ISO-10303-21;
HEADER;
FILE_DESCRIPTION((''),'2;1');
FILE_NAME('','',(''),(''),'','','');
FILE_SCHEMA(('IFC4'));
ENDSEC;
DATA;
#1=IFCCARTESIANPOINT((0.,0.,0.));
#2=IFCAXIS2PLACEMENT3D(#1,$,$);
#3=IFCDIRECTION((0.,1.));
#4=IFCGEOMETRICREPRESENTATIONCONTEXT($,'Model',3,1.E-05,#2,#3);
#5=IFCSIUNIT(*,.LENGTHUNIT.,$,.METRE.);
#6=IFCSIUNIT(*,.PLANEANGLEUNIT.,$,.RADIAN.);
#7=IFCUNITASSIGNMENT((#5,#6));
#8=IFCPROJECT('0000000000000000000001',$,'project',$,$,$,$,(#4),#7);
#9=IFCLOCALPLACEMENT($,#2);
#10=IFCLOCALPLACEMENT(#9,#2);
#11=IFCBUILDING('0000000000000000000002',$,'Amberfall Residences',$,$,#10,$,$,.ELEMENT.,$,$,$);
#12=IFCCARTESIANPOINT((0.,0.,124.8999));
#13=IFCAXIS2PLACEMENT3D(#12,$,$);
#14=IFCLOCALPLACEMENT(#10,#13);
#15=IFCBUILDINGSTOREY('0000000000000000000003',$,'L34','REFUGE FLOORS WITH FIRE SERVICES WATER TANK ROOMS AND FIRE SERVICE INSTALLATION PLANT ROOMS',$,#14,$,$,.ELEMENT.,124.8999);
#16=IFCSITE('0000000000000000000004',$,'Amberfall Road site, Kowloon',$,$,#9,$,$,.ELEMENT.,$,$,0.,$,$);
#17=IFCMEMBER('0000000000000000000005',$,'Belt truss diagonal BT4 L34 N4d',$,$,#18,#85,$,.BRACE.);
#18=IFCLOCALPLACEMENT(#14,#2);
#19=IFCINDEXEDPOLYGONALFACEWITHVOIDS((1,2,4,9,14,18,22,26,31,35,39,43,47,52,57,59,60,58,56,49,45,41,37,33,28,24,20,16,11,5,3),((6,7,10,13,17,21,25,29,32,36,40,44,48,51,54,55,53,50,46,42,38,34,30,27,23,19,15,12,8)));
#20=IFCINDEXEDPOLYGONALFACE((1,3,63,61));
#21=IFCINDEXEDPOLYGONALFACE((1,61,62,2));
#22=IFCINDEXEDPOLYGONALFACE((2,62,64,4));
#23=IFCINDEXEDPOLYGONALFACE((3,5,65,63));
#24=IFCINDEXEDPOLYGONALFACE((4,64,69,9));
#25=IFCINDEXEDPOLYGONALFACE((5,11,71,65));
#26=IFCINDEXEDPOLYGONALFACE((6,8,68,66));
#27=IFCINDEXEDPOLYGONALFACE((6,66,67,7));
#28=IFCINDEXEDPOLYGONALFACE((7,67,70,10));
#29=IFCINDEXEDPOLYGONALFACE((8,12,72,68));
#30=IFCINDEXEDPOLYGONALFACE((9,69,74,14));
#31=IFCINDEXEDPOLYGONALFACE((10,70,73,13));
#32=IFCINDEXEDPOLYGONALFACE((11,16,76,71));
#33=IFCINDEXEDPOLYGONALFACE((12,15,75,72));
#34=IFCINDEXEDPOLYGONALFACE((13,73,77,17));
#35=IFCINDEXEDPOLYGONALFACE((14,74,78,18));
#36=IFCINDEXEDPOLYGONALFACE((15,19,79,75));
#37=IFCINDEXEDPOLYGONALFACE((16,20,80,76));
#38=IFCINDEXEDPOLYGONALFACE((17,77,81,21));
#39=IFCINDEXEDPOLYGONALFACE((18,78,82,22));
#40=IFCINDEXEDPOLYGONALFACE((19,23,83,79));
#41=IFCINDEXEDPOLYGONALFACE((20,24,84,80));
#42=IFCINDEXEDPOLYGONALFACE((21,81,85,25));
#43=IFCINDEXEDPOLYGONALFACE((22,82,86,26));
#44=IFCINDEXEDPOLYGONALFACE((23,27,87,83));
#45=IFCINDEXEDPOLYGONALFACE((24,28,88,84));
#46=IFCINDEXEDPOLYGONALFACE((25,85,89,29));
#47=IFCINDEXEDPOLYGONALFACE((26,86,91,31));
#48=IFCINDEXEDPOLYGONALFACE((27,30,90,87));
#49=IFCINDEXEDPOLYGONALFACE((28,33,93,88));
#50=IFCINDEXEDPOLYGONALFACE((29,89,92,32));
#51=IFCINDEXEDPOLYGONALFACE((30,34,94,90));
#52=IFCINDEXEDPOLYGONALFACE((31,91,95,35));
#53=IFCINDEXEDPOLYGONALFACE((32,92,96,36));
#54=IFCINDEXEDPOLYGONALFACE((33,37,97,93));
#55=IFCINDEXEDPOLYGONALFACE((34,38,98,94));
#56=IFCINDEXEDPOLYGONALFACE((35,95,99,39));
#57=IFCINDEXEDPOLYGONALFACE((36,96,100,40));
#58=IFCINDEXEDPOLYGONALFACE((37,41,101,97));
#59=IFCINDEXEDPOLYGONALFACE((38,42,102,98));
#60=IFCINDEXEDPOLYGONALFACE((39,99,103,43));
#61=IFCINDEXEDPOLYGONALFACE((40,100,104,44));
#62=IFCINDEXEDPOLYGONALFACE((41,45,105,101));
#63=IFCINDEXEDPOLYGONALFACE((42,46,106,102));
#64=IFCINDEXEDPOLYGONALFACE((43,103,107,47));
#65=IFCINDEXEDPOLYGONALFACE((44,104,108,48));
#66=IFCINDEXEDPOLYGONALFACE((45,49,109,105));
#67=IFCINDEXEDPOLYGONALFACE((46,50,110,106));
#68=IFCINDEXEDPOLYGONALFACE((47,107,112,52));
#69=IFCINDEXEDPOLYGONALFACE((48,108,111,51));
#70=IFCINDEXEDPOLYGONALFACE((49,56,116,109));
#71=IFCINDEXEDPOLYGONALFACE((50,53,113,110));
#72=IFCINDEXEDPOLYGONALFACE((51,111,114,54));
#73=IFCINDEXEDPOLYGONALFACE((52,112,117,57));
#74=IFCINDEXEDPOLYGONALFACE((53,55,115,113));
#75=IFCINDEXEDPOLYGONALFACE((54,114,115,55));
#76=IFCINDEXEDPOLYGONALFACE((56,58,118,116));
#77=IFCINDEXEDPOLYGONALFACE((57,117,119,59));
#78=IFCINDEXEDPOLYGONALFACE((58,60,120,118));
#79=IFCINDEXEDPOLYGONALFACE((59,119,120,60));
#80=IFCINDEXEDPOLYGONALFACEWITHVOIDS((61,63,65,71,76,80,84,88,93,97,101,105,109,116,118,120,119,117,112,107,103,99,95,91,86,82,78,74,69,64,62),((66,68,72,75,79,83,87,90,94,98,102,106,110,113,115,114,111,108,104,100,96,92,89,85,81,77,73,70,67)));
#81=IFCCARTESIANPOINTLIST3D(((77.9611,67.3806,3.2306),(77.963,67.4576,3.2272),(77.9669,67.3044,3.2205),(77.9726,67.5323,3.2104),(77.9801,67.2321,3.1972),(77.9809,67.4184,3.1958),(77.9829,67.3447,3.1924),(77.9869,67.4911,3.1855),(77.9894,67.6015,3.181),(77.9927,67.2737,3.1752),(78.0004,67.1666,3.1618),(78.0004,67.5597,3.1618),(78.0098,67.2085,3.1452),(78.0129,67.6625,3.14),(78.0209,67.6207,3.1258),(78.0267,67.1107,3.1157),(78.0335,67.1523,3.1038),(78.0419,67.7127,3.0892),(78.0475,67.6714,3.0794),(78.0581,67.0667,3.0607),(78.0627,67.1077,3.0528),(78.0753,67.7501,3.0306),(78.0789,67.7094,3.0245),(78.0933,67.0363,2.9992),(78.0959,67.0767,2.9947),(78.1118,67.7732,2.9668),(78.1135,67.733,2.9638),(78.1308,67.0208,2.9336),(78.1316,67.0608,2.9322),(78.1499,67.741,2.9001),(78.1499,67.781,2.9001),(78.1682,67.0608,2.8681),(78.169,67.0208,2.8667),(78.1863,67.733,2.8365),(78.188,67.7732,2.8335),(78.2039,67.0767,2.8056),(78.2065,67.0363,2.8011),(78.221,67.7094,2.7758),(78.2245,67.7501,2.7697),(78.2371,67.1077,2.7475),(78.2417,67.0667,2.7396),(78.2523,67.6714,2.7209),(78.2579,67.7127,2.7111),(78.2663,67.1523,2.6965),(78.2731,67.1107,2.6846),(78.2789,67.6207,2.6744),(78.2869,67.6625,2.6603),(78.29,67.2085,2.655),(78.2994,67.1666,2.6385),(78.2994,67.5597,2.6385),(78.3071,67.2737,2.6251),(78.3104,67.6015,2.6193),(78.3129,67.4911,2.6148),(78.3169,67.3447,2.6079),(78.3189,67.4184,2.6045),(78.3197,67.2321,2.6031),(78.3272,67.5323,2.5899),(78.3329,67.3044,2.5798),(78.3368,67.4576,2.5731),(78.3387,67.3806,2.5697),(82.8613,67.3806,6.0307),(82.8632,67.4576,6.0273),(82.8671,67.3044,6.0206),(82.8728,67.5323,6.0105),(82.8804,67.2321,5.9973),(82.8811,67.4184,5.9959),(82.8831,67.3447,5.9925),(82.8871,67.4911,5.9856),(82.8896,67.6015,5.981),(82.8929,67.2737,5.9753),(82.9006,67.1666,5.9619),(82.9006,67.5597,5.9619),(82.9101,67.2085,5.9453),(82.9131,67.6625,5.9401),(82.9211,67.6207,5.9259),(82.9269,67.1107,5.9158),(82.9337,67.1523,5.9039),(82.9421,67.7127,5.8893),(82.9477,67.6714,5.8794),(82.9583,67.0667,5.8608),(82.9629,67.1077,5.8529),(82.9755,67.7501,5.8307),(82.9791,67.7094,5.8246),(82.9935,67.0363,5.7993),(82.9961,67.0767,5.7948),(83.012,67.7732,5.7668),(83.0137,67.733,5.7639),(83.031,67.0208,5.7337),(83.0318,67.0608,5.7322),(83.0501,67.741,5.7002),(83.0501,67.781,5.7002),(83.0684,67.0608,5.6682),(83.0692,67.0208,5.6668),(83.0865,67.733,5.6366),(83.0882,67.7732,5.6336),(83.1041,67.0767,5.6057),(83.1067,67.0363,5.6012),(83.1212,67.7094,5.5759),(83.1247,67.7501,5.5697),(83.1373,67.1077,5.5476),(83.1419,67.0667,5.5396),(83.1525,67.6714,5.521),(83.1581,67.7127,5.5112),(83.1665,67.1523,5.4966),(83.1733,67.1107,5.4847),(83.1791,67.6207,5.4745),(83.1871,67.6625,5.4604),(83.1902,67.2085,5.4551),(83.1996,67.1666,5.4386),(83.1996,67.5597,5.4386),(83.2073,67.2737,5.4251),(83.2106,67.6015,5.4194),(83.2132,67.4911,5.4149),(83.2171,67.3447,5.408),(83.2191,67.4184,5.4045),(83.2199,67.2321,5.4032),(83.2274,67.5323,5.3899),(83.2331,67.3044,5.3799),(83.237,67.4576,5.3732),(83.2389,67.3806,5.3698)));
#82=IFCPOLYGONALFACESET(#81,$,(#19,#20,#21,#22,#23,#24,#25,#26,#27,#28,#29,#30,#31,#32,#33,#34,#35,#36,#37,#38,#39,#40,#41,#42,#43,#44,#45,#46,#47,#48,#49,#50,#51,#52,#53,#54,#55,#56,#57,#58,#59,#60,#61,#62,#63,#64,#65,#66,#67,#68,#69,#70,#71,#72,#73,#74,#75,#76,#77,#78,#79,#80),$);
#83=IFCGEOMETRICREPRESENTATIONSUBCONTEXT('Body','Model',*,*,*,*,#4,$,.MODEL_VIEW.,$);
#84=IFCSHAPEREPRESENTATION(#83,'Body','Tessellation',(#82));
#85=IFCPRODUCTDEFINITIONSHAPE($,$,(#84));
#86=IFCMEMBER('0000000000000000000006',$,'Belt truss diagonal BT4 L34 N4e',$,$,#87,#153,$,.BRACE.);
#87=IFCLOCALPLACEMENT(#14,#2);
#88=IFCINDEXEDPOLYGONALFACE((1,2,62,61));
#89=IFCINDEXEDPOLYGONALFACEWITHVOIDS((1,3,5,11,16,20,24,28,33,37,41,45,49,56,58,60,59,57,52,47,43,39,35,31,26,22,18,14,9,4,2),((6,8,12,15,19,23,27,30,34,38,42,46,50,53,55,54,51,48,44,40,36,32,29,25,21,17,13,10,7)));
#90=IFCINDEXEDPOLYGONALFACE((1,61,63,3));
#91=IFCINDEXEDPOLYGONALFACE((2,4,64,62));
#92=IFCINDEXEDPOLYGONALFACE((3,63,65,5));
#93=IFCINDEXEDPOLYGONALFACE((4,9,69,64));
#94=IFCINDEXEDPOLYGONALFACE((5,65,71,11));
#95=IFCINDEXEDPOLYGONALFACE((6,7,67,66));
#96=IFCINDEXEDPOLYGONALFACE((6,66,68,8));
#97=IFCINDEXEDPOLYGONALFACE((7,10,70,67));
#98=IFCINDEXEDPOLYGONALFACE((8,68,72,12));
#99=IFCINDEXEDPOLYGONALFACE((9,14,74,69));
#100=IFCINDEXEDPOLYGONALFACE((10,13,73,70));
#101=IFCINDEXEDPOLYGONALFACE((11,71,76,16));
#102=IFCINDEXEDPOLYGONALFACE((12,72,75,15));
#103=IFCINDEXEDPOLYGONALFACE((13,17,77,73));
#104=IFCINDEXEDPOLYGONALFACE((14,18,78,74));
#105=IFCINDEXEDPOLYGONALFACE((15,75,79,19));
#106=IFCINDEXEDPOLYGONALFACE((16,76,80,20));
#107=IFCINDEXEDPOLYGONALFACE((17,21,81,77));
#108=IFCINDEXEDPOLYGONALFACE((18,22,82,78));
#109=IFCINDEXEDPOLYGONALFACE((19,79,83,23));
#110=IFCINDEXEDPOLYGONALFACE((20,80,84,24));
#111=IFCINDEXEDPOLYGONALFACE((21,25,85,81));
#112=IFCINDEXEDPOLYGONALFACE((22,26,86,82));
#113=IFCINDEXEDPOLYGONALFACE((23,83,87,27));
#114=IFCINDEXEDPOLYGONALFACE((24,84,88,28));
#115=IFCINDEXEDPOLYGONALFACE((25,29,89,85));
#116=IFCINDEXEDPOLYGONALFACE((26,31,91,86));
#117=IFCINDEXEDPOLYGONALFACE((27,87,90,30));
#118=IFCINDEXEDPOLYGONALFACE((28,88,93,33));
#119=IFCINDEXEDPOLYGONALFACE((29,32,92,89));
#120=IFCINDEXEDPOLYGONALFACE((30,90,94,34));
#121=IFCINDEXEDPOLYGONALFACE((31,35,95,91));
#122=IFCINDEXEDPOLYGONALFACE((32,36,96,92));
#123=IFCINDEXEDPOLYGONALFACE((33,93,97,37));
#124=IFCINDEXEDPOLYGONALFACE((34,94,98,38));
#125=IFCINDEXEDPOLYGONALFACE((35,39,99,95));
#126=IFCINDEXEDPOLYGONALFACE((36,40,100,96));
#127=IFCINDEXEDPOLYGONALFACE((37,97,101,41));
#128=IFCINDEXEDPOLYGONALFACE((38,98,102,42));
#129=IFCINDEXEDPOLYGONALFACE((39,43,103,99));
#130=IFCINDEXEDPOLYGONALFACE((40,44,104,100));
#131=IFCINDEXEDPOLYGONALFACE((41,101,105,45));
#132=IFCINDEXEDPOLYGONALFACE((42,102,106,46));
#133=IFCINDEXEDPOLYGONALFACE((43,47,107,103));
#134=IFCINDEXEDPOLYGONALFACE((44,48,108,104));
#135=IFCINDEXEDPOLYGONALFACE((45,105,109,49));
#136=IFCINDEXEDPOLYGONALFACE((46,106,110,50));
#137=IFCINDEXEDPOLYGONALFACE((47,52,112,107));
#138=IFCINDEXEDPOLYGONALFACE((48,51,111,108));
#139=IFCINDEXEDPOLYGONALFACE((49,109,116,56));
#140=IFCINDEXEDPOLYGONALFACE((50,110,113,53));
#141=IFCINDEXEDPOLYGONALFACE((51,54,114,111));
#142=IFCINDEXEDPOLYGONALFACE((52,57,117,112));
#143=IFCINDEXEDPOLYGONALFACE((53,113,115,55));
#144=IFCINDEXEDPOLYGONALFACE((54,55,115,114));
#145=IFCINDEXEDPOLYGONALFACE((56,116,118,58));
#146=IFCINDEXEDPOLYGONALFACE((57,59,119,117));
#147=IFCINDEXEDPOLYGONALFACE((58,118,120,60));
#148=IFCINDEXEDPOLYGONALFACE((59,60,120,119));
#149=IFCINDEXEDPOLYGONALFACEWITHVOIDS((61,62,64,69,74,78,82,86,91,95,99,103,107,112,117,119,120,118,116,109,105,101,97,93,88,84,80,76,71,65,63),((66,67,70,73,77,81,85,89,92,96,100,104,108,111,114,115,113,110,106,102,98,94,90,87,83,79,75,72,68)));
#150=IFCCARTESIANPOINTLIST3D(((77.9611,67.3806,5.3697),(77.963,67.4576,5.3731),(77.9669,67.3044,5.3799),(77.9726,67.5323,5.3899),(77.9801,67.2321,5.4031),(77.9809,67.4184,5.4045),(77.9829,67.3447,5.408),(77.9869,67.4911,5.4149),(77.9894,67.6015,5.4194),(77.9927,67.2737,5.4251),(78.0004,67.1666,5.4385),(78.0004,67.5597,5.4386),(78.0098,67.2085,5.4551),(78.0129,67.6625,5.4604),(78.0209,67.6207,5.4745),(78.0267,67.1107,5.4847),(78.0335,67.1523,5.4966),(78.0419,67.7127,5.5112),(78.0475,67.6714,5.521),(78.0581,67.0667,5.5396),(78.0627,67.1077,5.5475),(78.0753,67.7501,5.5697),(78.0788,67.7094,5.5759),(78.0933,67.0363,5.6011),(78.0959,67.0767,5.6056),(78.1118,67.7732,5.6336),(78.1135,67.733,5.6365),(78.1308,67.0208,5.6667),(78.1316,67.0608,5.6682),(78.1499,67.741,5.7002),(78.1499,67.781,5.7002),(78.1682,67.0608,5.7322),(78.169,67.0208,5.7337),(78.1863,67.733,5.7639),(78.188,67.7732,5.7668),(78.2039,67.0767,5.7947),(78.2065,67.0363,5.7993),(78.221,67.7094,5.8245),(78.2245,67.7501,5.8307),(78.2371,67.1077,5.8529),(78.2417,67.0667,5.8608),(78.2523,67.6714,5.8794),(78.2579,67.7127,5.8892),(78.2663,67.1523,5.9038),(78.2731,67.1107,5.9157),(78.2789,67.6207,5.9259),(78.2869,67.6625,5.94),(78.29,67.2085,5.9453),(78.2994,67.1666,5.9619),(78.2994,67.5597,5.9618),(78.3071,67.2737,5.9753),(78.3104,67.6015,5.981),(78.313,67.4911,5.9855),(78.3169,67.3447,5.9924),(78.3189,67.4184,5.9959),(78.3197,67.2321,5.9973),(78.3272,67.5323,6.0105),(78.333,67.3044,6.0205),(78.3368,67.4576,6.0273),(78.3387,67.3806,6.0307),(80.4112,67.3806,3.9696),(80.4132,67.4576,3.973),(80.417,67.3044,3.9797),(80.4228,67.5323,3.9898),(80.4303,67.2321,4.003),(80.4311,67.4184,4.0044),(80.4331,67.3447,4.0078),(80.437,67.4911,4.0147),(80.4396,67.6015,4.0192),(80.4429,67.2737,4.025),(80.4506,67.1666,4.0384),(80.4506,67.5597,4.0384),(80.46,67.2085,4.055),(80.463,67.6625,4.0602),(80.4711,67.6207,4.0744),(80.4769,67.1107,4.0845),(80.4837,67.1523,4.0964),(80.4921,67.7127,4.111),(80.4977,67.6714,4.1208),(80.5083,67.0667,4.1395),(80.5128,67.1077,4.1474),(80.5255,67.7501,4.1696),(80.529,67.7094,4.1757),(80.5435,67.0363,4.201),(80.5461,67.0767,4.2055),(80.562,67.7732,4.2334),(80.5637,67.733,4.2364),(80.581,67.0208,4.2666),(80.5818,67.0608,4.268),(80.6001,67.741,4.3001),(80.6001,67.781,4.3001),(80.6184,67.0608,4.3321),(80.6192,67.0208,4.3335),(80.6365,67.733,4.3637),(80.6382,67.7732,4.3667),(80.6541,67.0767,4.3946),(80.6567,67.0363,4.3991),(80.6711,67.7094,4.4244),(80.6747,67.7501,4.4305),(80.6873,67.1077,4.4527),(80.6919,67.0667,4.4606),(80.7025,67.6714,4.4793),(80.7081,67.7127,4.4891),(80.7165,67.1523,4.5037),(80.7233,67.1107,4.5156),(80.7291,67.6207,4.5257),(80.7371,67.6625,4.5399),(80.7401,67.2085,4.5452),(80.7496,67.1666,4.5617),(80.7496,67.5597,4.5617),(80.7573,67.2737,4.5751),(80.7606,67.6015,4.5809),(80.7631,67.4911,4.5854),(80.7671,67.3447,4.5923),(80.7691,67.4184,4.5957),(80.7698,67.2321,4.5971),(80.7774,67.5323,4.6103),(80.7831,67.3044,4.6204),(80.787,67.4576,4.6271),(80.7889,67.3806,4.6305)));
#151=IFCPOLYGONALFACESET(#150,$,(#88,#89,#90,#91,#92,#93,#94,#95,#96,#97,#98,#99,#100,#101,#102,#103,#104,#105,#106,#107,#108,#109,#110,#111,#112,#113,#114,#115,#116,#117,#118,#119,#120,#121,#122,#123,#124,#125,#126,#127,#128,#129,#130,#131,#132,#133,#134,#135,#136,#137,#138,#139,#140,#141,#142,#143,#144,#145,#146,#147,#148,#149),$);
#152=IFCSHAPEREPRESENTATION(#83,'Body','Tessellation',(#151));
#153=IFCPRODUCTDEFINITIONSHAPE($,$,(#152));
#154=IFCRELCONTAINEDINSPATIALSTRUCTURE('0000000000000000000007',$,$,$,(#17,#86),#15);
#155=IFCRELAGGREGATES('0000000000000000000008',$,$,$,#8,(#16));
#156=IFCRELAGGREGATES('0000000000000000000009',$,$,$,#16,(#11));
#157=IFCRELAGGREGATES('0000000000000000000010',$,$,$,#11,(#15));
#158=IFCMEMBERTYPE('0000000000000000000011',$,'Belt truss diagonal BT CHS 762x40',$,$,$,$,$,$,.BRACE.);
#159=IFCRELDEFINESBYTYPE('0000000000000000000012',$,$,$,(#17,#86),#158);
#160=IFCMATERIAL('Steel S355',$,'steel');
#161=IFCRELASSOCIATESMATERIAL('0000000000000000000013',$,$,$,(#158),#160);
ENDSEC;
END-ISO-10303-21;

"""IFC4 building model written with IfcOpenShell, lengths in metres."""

from ifc_helpers import new_model, si_unit, direction, frame, origin, origin_2d, place, context, subcontext, project, spatial, hollow_circle, extrude, material, material_profile, profile_set, type_object, element, save


model = new_model("IFC4")

# Units and contexts
model_context = context("Model", 3, precision=1e-05, world=origin(), true_north=direction((0.0, 1.0)))
body_context = subcontext(model_context, "Body", "Model", "MODEL_VIEW")
ifc_project = project(units=[si_unit("LENGTHUNIT", "METRE"), si_unit("PLANEANGLEUNIT", "RADIAN")], contexts=[model_context])

# Site, building, storey
site_placement = place(None, origin())
site = spatial("IfcSite", under=ifc_project, at=site_placement, Name="Amberfall Road site, Kowloon", CompositionType="ELEMENT", RefElevation=0.0)
building_placement = place(site_placement, origin())
building = spatial("IfcBuilding", under=site, at=building_placement, Name="Amberfall Residences", CompositionType="ELEMENT")
storey_placement = place(building_placement, frame((0.0, 0.0, 124.8999)))
storey = spatial("IfcBuildingStorey", under=building, at=storey_placement, Name="L34", Description="REFUGE FLOORS WITH FIRE SERVICES WATER TANK ROOMS AND FIRE SERVICE INSTALLATION PLANT ROOMS", CompositionType="ELEMENT", Elevation=124.8999)

# Shared definitions
ifc_material_1 = material(Name="Steel S355", Category="steel")

# Members
ifc_material_profile_1 = material_profile(ifc_material_1, hollow_circle(Radius=0.3811, WallThickness=0.04, at=origin_2d()), Name="CHS 762x40")
ifc_profile_set_1 = profile_set([ifc_material_profile_1], Name="Steel S355")
member_type = type_object("IfcMemberType", Name="Belt truss diagonal BT CHS 762x40", PredefinedType="BRACE", material=ifc_profile_set_1)
member_1_placement = place(storey_placement, frame((78.1499, 67.3999, 2.9001), z_axis=(0.868246, 0.0, 0.496134), x_axis=(0.0, 1.0, 0.0)))
element("IfcMember", 1, at=member_1_placement, inside=storey, type_object=member_type, Name="Belt truss diagonal BT4 L34 N4d", PredefinedType="BRACE", context=body_context, shape_type="SweptSolid", body=[
    extrude(hollow_circle(Radius=0.3811, WallThickness=0.04, at=origin_2d()), origin(), (0.0, 0.0, 1.0), 5.6438),
])
member_2_placement = place(storey_placement, frame((78.1499, 67.3999, 5.7002), z_axis=(0.868238, 0.0, -0.496148), x_axis=(0.0, 1.0, 0.0)))
element("IfcMember", 2, at=member_2_placement, inside=storey, type_object=member_type, Name="Belt truss diagonal BT4 L34 N4e", PredefinedType="BRACE", context=body_context, shape_type="SweptSolid", body=[
    extrude(hollow_circle(Radius=0.3811, WallThickness=0.04, at=origin_2d()), origin(), (0.0, 0.0, 1.0), 2.822),
])

save(model, "model.ifc")
